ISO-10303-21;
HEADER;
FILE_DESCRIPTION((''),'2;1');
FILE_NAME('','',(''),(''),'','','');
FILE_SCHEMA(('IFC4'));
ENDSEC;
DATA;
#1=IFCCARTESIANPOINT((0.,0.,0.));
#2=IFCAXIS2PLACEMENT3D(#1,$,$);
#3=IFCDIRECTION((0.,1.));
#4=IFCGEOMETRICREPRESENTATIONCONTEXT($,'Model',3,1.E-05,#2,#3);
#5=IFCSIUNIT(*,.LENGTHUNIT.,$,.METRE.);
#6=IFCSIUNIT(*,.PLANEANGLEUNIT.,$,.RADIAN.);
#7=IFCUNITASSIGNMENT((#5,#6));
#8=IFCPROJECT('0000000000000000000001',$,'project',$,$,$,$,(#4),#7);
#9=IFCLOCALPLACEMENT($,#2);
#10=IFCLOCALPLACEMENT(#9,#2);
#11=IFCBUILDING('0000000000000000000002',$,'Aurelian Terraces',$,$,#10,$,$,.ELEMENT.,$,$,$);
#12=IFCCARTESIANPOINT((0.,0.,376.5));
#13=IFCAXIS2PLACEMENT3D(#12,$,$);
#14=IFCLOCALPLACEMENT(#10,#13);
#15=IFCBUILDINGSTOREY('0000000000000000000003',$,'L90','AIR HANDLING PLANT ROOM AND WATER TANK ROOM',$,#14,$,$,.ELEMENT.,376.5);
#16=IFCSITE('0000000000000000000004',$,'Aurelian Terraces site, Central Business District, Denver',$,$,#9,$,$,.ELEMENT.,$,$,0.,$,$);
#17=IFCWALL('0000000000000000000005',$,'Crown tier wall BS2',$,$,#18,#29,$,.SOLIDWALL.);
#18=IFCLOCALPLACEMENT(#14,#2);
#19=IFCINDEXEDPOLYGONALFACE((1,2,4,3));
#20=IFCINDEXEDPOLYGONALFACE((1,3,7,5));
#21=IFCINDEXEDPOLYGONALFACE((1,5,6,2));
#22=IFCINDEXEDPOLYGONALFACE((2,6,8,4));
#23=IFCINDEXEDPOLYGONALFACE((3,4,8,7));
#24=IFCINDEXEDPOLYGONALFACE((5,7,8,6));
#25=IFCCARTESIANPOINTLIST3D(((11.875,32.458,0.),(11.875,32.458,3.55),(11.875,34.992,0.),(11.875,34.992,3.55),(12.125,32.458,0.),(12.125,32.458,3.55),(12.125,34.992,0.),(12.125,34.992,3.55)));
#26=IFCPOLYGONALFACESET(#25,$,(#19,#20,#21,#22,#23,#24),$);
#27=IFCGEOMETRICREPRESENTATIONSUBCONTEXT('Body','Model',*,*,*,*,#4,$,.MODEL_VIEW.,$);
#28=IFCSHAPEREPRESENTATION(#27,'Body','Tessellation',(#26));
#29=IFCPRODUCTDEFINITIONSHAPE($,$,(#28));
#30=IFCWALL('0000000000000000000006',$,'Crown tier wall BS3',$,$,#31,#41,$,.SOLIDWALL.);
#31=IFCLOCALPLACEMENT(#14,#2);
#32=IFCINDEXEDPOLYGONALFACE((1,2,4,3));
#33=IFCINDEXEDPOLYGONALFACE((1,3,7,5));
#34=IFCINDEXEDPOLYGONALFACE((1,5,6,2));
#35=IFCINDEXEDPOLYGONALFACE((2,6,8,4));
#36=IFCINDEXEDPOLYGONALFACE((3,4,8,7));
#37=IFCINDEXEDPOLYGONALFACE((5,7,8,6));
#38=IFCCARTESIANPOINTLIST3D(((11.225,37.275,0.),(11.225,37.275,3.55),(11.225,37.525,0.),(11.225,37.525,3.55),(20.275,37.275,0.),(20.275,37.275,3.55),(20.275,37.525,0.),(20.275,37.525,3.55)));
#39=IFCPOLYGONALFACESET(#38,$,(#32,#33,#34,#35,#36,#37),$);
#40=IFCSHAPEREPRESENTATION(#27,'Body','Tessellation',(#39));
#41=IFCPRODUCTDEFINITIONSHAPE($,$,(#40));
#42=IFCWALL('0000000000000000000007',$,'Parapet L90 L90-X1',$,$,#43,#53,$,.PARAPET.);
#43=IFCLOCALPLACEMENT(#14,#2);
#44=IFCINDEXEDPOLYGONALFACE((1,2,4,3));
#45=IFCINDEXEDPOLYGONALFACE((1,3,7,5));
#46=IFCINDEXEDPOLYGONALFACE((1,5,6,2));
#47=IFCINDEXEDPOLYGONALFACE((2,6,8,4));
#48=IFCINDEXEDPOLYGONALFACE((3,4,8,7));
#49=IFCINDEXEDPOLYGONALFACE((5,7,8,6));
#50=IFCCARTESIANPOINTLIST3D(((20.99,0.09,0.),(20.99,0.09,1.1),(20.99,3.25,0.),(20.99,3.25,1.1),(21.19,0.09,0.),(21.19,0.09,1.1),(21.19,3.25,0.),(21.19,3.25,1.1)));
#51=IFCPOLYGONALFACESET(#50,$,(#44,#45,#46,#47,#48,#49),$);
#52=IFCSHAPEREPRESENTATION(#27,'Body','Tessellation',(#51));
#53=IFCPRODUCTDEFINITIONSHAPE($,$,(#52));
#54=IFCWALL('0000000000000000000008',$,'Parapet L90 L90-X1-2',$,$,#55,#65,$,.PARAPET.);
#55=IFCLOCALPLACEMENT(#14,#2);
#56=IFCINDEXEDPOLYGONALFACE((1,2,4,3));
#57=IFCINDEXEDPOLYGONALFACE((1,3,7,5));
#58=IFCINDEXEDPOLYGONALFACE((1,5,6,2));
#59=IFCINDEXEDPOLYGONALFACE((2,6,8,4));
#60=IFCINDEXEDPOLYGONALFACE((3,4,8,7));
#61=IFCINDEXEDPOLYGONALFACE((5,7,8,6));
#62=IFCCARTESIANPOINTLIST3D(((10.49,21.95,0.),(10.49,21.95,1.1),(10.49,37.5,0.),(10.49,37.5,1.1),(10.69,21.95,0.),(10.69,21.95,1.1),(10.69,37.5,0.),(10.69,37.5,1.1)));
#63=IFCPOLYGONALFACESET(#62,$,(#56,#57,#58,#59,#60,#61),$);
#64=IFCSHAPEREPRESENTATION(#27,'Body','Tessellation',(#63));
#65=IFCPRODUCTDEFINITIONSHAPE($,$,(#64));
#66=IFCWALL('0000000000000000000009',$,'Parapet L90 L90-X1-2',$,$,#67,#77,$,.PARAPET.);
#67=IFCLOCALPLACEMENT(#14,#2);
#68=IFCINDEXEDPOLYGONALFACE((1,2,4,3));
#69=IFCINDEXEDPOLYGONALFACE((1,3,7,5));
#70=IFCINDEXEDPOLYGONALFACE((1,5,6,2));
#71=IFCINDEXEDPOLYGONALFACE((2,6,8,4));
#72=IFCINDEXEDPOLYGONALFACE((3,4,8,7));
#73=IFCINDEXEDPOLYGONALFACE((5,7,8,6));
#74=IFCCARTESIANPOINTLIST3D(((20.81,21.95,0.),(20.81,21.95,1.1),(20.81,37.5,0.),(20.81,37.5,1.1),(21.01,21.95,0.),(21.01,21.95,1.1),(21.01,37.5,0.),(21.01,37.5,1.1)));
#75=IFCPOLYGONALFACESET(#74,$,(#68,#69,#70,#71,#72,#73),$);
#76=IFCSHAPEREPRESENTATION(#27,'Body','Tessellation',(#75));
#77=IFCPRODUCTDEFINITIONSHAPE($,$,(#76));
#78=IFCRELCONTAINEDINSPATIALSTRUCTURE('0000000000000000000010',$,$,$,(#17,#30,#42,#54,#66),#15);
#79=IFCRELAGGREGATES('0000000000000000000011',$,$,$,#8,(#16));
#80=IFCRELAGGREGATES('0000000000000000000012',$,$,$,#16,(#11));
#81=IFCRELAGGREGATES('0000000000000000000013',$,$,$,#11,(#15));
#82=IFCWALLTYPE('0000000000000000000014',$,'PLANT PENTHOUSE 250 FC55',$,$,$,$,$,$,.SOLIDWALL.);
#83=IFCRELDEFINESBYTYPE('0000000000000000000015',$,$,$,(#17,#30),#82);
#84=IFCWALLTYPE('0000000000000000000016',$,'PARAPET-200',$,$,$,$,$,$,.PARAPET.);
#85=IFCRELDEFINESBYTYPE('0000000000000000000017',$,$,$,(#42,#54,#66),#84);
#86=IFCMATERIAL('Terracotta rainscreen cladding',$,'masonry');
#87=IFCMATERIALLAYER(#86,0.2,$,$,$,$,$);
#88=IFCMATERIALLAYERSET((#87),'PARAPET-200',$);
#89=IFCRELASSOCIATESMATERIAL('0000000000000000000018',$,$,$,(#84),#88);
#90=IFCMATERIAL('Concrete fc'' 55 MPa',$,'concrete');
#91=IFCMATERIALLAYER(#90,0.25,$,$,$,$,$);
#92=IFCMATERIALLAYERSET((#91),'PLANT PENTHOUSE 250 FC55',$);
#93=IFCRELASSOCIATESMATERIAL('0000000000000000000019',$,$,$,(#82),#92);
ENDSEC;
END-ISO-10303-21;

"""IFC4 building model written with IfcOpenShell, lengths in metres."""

from ifc_helpers import new_model, si_unit, direction, frame, frame_2d, origin, place, context, subcontext, project, spatial, rectangle, extrude, source, transform, mapped, material, layer, layer_set, type_object, element, save


model = new_model("IFC4")

# Units and contexts
model_context = context("Model", 3, precision=1e-05, world=origin(), true_north=direction((0.0, 1.0)))
body_context = subcontext(model_context, "Body", "Model", "MODEL_VIEW")
ifc_project = project(units=[si_unit("LENGTHUNIT", "METRE"), si_unit("PLANEANGLEUNIT", "RADIAN")], contexts=[model_context])

# Site, building, storey
site_placement = place(None, origin())
site = spatial("IfcSite", under=ifc_project, at=site_placement, Name="Aurelian Terraces site, Central Business District, Denver", CompositionType="ELEMENT", RefElevation=0.0)
building_placement = place(site_placement, origin())
building = spatial("IfcBuilding", under=site, at=building_placement, Name="Aurelian Terraces", CompositionType="ELEMENT")
storey_placement = place(building_placement, frame((0.0, 0.0, 376.5)))
storey = spatial("IfcBuildingStorey", under=building, at=storey_placement, Name="L90", Description="AIR HANDLING PLANT ROOM AND WATER TANK ROOM", CompositionType="ELEMENT", Elevation=376.5)

# Walls
ifc_material_1 = material(Name="Terracotta rainscreen cladding", Category="masonry")
ifc_layer_1 = layer(ifc_material_1, 0.2)
ifc_layer_set_1 = layer_set([ifc_layer_1], Name="PARAPET-200")
wall_type_1 = type_object("IfcWallType", Name="PARAPET-200", PredefinedType="PARAPET", material=ifc_layer_set_1)
ifc_material_2 = material(Name="Concrete fc' 55 MPa", Category="concrete")
ifc_layer_2 = layer(ifc_material_2, 0.25)
ifc_layer_set_2 = layer_set([ifc_layer_2], Name="PLANT PENTHOUSE 250 FC55")
wall_type_2 = type_object("IfcWallType", Name="PLANT PENTHOUSE 250 FC55", PredefinedType="SOLIDWALL", material=ifc_layer_set_2)
shared_shape_1 = source(origin(), body_context, "Body", "SweptSolid", [
    extrude(rectangle(XDim=2.534, YDim=0.25, at=frame_2d((1.267, 0.0))), origin(), (0.0, 0.0, 1.0), 3.55),
])
wall_1_placement = place(storey_placement, frame((12.0, 34.992, 0.0), z_axis=(0.0, 0.0, 1.0), x_axis=(0.0, -1.0, 0.0)))
element("IfcWall", 1, at=wall_1_placement, inside=storey, type_object=wall_type_2, Name="Crown tier wall BS2", PredefinedType="SOLIDWALL", context=body_context, shape_type="MappedRepresentation", body=[
    mapped(shared_shape_1, transform((0.0, 0.0, 0.0), scale=1.0)),
])
shared_shape_2 = source(origin(), body_context, "Body", "SweptSolid", [
    extrude(rectangle(XDim=9.05, YDim=0.25, at=frame_2d((4.525, 0.0))), origin(), (0.0, 0.0, 1.0), 3.55),
])
wall_2_placement = place(storey_placement, frame((20.275, 37.4, 0.0), z_axis=(0.0, 0.0, 1.0), x_axis=(-1.0, 0.0, 0.0)))
element("IfcWall", 2, at=wall_2_placement, inside=storey, type_object=wall_type_2, Name="Crown tier wall BS3", PredefinedType="SOLIDWALL", context=body_context, shape_type="MappedRepresentation", body=[
    mapped(shared_shape_2, transform((0.0, 0.0, 0.0), scale=1.0)),
])
shared_shape_3 = source(origin(), body_context, "Body", "SweptSolid", [
    extrude(rectangle(XDim=3.16, YDim=0.2, at=frame_2d((1.58, 0.0))), origin(), (0.0, 0.0, 1.0), 1.1),
])
wall_3_placement = place(storey_placement, frame((21.09, 0.09, 0.0), z_axis=(0.0, 0.0, 1.0), x_axis=(0.0, 1.0, 0.0)))
element("IfcWall", 3, at=wall_3_placement, inside=storey, type_object=wall_type_1, Name="Parapet L90 L90-X1", PredefinedType="PARAPET", context=body_context, shape_type="MappedRepresentation", body=[
    mapped(shared_shape_3, transform((0.0, 0.0, 0.0), scale=1.0)),
])
shared_shape_4 = source(origin(), body_context, "Body", "SweptSolid", [
    extrude(rectangle(XDim=15.55, YDim=0.2, at=frame_2d((7.775, 0.0))), origin(), (0.0, 0.0, 1.0), 1.1),
])
for number, where, z_axis, x_axis, name in (
    (4, (10.59, 21.95, 0.0), (0.0, 0.0, 1.0), (0.0, 1.0, 0.0), "Parapet L90 L90-X1-2"),
    (5, (20.91, 37.5, 0.0), (0.0, 0.0, 1.0), (0.0, -1.0, 0.0), "Parapet L90 L90-X1-2"),
):
    element("IfcWall", number, at=place(storey_placement, frame(where, z_axis=z_axis, x_axis=x_axis)), inside=storey, type_object=wall_type_1, Name=name, PredefinedType="PARAPET", context=body_context, shape_type="MappedRepresentation", body=[
        mapped(shared_shape_4, transform((0.0, 0.0, 0.0), scale=1.0)),
    ])

save(model, "model.ifc")
